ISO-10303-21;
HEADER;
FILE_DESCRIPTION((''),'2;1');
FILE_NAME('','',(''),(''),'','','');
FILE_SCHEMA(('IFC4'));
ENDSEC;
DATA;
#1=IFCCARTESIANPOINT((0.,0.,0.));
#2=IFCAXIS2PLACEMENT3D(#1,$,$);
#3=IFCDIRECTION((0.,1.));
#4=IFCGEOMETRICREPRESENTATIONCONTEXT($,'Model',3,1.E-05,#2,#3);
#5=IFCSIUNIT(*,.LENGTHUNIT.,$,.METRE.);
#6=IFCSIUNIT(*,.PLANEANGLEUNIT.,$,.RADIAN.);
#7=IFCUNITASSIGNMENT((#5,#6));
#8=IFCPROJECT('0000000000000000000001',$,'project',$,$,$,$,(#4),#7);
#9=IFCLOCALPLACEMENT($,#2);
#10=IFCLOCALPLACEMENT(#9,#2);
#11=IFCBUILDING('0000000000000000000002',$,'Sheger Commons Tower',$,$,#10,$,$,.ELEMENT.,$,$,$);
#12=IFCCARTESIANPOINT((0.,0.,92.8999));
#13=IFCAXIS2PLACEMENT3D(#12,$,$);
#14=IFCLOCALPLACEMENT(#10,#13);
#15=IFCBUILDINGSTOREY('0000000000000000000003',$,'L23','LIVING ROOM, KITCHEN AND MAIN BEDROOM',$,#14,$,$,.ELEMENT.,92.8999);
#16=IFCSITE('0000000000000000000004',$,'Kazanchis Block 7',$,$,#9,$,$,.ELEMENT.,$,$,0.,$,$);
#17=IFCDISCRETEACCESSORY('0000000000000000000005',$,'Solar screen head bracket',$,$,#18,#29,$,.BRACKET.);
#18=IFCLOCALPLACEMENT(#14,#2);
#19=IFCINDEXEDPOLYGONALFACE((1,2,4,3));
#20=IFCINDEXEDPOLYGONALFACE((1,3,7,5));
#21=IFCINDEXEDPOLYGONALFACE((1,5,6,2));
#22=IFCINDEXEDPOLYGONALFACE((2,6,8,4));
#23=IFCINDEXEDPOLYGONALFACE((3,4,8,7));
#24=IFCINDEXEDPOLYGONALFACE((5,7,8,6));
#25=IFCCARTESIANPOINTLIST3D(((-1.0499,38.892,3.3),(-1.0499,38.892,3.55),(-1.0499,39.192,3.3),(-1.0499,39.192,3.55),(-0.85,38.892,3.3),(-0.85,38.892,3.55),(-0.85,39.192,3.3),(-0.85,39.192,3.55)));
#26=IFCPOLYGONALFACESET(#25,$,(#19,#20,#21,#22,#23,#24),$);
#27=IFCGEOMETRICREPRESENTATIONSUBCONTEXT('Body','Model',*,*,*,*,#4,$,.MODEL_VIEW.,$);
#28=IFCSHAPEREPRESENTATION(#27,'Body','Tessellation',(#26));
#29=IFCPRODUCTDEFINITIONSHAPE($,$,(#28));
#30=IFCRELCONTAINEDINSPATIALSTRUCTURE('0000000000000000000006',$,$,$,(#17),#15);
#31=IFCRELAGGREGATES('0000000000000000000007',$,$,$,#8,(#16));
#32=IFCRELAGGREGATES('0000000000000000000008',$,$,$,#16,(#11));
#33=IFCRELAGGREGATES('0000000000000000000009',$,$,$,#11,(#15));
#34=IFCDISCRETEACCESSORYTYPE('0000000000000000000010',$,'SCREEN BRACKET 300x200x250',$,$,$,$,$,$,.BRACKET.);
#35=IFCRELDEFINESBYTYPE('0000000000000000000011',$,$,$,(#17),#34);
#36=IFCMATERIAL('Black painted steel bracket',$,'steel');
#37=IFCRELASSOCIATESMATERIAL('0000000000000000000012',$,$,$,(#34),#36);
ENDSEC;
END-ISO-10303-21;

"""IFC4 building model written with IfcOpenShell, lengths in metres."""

from ifc_helpers import new_model, si_unit, direction, frame, origin, origin_2d, place, context, subcontext, project, spatial, rectangle, extrude, material, type_object, element, save


model = new_model("IFC4")

# Units and contexts
model_context = context("Model", 3, precision=1e-05, world=origin(), true_north=direction((0.0, 1.0)))
body_context = subcontext(model_context, "Body", "Model", "MODEL_VIEW")
ifc_project = project(units=[si_unit("LENGTHUNIT", "METRE"), si_unit("PLANEANGLEUNIT", "RADIAN")], contexts=[model_context])

# Site, building, storey
site_placement = place(None, origin())
site = spatial("IfcSite", under=ifc_project, at=site_placement, Name="Kazanchis Block 7", CompositionType="ELEMENT", RefElevation=0.0)
building_placement = place(site_placement, origin())
building = spatial("IfcBuilding", under=site, at=building_placement, Name="Sheger Commons Tower", CompositionType="ELEMENT")
storey_placement = place(building_placement, frame((0.0, 0.0, 92.8999)))
storey = spatial("IfcBuildingStorey", under=building, at=storey_placement, Name="L23", Description="LIVING ROOM, KITCHEN AND MAIN BEDROOM", CompositionType="ELEMENT", Elevation=92.8999)

# Discrete accessory
ifc_material_1 = material(Name="Black painted steel bracket", Category="steel")
discrete_accessory_type = type_object("IfcDiscreteAccessoryType", Name="SCREEN BRACKET 300x200x250", PredefinedType="BRACKET", material=ifc_material_1)
for number, where, z_axis, x_axis, name in (
    (1, (-0.95, 39.042, 3.3), (0.0, 0.0, 1.0), (0.0, -1.0, 0.0), "Solar screen head bracket"),
):
    element("IfcDiscreteAccessory", number, at=place(storey_placement, frame(where, z_axis=z_axis, x_axis=x_axis)), inside=storey, type_object=discrete_accessory_type, Name=name, PredefinedType="BRACKET", context=body_context, shape_type="SweptSolid", body=[
        extrude(rectangle(XDim=0.3, YDim=0.2, at=origin_2d()), origin(), (0.0, 0.0, 1.0), 0.25),
    ])

save(model, "model.ifc")
